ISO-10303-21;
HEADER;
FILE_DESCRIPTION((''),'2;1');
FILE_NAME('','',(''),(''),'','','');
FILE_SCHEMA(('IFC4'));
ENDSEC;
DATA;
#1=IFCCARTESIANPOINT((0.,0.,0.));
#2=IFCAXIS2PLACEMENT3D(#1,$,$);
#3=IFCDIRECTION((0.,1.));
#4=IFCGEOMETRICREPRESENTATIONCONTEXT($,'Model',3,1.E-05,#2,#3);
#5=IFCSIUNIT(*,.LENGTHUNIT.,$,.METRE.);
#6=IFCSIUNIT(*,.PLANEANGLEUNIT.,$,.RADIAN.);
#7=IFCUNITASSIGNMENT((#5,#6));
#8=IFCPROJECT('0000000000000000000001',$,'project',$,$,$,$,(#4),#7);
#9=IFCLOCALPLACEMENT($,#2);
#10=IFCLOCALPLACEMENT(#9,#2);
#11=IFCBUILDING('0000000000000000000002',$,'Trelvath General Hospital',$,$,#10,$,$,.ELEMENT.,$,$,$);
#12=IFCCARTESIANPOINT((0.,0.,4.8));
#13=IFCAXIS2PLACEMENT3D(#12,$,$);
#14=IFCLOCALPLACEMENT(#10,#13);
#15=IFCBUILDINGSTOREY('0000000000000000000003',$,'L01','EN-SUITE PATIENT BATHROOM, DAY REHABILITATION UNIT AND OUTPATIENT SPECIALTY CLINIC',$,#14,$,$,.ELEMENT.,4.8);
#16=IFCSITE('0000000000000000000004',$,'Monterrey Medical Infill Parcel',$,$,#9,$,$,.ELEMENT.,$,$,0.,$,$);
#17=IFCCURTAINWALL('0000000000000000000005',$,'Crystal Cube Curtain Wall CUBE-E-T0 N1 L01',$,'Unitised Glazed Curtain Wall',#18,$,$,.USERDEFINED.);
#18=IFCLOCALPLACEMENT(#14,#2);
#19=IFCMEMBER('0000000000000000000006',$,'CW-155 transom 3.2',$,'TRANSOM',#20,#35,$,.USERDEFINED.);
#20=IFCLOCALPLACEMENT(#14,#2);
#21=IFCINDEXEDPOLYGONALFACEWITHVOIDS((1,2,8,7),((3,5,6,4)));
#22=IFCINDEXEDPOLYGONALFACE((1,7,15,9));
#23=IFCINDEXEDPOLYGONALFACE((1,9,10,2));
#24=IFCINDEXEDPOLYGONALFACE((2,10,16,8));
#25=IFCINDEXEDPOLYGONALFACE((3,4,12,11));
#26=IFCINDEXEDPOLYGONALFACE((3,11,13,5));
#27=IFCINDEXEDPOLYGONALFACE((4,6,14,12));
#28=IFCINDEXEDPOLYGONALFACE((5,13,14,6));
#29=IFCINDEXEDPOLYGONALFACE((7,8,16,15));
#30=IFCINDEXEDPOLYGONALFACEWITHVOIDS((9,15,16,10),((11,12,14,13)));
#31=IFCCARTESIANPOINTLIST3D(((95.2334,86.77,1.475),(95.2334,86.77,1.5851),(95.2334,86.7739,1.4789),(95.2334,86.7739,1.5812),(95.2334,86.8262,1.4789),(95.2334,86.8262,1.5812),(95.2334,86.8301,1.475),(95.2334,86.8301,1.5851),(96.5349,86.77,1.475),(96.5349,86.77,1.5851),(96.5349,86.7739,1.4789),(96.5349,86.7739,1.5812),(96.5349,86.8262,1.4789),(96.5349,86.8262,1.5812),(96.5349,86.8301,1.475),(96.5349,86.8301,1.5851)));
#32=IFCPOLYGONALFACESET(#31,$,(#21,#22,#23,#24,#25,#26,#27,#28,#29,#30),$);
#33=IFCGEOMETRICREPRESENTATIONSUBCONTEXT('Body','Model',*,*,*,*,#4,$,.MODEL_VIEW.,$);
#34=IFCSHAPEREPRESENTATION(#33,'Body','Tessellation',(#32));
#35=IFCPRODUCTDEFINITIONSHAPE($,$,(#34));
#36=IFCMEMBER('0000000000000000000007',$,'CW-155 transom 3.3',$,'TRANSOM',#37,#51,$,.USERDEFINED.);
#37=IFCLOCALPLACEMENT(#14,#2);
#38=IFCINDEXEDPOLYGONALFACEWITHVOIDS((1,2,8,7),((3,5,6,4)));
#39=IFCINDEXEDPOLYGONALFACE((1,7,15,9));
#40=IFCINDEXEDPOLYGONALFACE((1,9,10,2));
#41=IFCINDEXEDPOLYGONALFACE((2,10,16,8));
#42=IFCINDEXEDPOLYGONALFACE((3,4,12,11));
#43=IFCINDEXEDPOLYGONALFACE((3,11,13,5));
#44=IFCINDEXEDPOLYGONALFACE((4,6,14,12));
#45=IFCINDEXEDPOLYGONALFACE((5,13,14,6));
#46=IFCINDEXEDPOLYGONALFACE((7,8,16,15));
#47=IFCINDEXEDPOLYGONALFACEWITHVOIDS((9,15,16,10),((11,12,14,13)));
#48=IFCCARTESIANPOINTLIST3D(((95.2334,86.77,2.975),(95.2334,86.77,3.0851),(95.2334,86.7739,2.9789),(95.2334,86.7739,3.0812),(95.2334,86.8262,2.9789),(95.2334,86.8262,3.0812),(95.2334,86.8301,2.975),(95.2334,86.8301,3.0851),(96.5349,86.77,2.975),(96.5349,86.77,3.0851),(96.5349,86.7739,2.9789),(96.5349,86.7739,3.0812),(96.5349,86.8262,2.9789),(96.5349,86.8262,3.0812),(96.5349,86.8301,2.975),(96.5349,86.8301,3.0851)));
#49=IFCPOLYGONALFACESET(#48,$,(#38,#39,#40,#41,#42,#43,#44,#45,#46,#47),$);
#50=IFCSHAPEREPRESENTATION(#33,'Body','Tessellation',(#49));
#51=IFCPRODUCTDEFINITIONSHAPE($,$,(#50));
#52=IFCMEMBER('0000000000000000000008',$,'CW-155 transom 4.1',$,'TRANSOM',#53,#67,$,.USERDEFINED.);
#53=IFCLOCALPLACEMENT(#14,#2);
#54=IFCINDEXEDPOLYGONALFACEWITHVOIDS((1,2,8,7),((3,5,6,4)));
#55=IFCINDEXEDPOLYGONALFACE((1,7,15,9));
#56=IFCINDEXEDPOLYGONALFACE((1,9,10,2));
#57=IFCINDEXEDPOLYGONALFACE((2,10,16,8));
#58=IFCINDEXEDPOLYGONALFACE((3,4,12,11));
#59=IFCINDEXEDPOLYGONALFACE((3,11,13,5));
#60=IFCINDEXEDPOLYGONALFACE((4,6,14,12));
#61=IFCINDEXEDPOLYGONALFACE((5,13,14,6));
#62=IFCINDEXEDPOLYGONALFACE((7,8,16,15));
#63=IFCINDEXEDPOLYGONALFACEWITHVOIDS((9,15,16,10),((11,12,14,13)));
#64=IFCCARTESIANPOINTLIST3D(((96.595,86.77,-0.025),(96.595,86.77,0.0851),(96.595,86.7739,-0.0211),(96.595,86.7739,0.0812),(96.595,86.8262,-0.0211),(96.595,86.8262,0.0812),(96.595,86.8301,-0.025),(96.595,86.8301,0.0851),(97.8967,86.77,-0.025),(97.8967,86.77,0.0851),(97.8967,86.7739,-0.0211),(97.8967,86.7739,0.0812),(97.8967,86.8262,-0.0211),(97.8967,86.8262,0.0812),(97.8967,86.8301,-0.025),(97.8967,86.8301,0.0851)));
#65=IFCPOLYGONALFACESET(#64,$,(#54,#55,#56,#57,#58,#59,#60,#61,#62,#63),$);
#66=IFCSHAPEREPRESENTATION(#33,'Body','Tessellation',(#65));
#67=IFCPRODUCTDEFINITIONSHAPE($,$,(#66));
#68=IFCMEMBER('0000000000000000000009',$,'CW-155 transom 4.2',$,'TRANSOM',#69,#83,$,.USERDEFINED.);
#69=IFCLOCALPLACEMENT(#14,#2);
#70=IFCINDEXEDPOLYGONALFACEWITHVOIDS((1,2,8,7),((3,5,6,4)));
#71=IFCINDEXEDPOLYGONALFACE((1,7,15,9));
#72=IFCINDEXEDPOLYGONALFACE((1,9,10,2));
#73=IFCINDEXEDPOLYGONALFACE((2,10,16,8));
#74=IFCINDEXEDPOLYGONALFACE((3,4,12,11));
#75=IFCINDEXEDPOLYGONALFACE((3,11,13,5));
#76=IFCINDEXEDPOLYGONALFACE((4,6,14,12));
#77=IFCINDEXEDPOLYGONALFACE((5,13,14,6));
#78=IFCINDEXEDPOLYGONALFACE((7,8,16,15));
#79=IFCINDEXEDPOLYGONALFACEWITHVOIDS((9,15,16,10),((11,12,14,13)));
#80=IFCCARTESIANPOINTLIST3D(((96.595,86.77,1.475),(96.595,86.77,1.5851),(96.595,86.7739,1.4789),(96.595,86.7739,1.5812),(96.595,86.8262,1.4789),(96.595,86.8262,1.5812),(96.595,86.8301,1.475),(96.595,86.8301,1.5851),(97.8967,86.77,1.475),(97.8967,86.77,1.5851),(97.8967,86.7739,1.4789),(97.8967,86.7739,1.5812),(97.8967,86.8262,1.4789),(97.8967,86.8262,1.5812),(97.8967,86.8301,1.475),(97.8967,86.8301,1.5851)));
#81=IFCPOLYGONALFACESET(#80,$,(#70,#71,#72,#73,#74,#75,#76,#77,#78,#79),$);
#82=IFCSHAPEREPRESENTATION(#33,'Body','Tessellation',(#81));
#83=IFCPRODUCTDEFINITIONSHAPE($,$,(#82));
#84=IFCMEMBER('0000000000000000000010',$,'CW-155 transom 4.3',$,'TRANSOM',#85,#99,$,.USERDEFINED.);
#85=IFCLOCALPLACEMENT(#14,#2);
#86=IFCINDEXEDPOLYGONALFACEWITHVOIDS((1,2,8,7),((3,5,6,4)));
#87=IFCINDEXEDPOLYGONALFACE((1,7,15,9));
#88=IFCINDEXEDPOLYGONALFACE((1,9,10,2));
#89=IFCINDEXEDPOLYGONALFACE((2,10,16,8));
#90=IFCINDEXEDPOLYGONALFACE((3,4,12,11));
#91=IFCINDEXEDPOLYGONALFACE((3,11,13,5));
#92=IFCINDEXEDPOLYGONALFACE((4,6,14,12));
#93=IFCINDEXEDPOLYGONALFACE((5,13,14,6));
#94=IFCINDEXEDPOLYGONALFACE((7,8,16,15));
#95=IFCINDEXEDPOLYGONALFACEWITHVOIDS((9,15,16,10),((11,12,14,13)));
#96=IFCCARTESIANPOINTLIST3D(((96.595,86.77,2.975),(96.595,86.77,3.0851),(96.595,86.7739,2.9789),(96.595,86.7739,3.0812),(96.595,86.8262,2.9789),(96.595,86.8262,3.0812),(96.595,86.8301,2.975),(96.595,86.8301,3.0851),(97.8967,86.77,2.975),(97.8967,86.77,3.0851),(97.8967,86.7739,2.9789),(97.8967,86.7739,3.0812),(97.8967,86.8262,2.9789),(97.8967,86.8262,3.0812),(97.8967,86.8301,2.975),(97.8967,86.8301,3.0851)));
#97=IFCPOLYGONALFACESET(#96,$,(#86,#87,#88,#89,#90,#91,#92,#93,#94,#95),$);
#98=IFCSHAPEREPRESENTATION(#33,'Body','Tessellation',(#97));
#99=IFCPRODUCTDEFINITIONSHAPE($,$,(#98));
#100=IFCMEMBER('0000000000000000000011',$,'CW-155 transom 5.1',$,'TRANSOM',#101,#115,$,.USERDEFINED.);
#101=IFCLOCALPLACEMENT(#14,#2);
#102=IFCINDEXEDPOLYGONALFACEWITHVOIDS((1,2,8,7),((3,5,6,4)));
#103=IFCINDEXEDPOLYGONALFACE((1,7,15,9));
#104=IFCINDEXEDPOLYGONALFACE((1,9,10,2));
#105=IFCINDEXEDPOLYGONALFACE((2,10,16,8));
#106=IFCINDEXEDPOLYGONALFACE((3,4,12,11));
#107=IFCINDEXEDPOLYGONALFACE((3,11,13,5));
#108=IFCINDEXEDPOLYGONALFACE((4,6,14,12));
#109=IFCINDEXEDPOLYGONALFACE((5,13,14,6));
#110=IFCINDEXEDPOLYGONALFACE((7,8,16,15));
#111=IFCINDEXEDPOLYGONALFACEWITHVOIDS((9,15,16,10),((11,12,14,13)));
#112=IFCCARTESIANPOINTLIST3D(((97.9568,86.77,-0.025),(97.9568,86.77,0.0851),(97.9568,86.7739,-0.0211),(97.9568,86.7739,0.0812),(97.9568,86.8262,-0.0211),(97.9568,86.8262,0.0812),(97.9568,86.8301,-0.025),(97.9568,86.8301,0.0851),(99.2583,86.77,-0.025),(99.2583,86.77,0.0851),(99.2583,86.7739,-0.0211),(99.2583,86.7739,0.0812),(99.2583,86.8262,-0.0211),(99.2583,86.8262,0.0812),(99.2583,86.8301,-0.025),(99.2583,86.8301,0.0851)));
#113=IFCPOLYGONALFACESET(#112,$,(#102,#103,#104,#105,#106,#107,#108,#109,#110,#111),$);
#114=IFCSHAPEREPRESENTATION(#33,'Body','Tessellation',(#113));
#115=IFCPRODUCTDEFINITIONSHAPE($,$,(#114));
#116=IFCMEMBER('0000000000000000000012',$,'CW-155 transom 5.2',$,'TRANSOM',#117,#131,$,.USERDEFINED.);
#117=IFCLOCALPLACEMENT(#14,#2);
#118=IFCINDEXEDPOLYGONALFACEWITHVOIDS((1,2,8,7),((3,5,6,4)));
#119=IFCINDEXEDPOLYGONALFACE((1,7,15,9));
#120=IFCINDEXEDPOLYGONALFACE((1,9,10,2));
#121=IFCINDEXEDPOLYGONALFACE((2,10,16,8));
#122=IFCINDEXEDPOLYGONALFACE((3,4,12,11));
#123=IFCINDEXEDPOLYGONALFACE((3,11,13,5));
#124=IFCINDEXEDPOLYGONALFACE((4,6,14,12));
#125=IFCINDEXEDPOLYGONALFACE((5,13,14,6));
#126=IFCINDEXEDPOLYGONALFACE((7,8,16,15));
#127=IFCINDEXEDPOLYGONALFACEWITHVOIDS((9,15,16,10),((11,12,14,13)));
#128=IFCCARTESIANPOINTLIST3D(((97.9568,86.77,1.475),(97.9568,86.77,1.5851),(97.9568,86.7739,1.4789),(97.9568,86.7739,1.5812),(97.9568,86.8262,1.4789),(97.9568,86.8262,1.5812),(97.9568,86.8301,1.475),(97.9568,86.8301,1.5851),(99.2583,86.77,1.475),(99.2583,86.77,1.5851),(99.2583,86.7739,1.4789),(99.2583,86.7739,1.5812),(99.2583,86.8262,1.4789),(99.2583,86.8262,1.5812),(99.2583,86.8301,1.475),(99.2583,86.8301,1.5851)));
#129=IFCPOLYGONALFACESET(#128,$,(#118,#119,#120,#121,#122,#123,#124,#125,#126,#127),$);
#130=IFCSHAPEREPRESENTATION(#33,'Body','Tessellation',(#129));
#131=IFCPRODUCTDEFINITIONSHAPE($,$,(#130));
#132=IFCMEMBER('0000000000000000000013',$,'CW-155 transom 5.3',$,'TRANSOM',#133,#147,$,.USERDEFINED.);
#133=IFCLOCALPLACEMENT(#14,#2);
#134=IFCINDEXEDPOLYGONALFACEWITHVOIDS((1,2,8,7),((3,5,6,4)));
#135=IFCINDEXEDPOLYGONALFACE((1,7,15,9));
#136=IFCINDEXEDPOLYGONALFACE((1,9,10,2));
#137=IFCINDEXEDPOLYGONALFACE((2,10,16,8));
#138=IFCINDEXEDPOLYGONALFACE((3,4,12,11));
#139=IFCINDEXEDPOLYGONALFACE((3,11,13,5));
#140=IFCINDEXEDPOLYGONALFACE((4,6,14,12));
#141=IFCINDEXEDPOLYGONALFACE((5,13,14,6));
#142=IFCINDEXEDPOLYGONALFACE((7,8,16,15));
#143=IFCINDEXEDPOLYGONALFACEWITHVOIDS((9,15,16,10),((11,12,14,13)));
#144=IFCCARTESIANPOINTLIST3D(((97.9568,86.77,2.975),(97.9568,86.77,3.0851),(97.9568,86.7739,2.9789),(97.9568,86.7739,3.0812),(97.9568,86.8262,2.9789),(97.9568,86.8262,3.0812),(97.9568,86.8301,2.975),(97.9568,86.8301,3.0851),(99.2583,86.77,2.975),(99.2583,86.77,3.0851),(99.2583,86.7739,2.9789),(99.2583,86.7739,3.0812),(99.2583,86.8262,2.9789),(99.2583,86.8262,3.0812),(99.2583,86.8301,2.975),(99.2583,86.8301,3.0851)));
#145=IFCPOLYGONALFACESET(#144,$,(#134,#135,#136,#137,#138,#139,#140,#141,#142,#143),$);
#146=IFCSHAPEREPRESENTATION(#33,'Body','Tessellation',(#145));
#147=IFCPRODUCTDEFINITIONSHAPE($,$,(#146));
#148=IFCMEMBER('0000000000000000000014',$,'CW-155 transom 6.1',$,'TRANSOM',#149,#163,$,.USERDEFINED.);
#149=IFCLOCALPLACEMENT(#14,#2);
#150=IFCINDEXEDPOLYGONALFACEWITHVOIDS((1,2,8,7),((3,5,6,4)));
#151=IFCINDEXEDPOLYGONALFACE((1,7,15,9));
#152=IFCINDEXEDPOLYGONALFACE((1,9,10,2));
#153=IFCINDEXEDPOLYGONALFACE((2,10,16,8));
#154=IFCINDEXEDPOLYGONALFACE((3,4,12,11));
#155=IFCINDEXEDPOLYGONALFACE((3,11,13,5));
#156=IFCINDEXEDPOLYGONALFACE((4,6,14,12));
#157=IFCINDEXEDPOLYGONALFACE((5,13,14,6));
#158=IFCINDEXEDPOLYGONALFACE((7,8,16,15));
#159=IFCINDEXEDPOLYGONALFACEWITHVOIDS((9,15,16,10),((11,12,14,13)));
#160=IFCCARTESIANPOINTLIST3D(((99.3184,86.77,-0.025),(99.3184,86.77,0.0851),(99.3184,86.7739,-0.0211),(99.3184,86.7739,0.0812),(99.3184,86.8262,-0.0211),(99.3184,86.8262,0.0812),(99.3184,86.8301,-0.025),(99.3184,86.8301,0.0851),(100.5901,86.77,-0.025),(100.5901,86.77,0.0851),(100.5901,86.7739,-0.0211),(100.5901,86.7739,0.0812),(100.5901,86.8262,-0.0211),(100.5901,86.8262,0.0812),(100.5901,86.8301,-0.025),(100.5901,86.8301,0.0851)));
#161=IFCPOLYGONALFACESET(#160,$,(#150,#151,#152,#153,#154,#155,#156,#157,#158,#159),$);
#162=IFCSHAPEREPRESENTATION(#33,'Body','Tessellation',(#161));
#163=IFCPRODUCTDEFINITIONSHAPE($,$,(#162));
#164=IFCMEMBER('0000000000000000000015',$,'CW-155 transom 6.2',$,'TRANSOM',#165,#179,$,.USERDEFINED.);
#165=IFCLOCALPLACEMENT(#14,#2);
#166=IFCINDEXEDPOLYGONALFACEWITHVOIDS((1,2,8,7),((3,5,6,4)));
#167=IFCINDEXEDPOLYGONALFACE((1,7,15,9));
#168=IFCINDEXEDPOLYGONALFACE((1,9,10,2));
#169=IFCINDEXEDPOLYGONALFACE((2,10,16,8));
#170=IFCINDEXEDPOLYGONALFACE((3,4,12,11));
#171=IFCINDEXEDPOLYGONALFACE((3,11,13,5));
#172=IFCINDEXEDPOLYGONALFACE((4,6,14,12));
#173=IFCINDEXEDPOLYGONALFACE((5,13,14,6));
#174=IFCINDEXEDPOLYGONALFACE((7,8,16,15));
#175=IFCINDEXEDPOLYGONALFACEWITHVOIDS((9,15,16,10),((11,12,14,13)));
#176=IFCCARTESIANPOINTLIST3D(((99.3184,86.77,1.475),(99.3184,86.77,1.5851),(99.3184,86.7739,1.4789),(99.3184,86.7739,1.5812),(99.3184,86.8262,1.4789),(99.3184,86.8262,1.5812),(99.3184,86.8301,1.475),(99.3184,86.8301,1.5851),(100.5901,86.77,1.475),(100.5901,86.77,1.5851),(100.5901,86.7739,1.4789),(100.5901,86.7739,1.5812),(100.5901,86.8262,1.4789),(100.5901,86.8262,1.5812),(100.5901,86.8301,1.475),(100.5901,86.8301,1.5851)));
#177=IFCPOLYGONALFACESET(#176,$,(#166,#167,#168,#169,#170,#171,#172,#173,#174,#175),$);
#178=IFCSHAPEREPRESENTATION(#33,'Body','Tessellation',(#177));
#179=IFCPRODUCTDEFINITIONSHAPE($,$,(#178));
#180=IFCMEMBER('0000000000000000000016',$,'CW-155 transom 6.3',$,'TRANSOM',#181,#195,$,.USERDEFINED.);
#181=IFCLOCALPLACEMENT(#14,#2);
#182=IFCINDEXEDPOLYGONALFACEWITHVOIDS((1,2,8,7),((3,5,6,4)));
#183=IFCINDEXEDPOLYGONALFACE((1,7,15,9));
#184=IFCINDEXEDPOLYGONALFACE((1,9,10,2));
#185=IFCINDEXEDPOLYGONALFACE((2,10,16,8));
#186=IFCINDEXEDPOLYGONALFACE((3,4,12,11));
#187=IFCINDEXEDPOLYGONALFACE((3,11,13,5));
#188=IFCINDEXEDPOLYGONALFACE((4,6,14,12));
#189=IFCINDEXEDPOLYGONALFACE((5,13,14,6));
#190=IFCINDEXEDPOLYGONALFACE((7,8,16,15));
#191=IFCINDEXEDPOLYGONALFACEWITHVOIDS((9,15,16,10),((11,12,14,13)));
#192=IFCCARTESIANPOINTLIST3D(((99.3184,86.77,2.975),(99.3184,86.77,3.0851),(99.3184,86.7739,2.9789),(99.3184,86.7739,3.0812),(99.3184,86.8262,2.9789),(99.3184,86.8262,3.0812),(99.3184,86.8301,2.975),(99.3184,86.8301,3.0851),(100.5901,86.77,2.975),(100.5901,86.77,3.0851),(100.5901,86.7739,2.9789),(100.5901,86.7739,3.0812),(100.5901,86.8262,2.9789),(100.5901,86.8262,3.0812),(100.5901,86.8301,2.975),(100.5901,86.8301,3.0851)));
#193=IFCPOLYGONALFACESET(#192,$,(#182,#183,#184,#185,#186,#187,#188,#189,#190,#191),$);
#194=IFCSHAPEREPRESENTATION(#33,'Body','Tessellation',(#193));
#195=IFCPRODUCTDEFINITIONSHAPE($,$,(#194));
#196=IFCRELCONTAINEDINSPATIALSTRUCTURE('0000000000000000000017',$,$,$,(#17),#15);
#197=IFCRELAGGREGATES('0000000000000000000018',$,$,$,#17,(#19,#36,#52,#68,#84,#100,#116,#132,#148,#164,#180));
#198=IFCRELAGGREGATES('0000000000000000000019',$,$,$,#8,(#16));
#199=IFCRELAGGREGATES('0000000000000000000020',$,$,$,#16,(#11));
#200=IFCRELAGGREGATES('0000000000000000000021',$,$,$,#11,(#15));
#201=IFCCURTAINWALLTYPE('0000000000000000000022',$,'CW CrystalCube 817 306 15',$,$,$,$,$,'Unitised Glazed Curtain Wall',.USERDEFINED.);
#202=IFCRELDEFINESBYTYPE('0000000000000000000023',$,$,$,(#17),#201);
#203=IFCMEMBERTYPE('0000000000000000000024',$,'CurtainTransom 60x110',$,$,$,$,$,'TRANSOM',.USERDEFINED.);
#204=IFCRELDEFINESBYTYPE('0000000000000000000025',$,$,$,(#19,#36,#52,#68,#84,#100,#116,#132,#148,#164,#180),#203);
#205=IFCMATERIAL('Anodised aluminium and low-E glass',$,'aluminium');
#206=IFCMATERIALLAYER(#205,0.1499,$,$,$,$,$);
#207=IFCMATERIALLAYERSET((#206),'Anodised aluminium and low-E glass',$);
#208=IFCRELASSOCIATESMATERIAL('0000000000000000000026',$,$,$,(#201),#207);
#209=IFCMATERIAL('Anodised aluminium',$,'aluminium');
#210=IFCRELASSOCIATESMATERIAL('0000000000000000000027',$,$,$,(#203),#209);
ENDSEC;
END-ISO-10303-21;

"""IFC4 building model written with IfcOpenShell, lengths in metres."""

from ifc_helpers import new_model, si_unit, direction, frame, origin, origin_2d, place, context, subcontext, project, spatial, hollow_rectangle, extrude, material, layer, layer_set, material_profile, profile_set, type_object, element, aggregate, save


model = new_model("IFC4")

# Units and contexts
model_context = context("Model", 3, precision=1e-05, world=origin(), true_north=direction((0.0, 1.0)))
body_context = subcontext(model_context, "Body", "Model", "MODEL_VIEW")
ifc_project = project(units=[si_unit("LENGTHUNIT", "METRE"), si_unit("PLANEANGLEUNIT", "RADIAN")], contexts=[model_context])

# Site, building, storey
site_placement = place(None, origin())
site = spatial("IfcSite", under=ifc_project, at=site_placement, Name="Monterrey Medical Infill Parcel", CompositionType="ELEMENT", RefElevation=0.0)
building_placement = place(site_placement, origin())
building = spatial("IfcBuilding", under=site, at=building_placement, Name="Trelvath General Hospital", CompositionType="ELEMENT")
storey_placement = place(building_placement, frame((0.0, 0.0, 4.8)))
storey = spatial("IfcBuildingStorey", under=building, at=storey_placement, Name="L01", Description="EN-SUITE PATIENT BATHROOM, DAY REHABILITATION UNIT AND OUTPATIENT SPECIALTY CLINIC", CompositionType="ELEMENT", Elevation=4.8)

# Curtain wall
ifc_material_1 = material(Name="Anodised aluminium and low-E glass", Category="aluminium")
ifc_layer_1 = layer(ifc_material_1, 0.1499)
ifc_layer_set_1 = layer_set([ifc_layer_1], Name="Anodised aluminium and low-E glass")
curtain_wall_type_1 = type_object("IfcCurtainWallType", Name="CW CrystalCube 817 306 15", ElementType="Unitised Glazed Curtain Wall", PredefinedType="USERDEFINED", material=ifc_layer_set_1)
curtain_wall_1_placement = place(storey_placement, origin())
curtain_wall_1 = element("IfcCurtainWall", 1, at=curtain_wall_1_placement, inside=storey, type_object=curtain_wall_type_1, Name="Crystal Cube Curtain Wall CUBE-E-T0 N1 L01", ObjectType="Unitised Glazed Curtain Wall", PredefinedType="USERDEFINED")

# Members
ifc_material_2 = material(Name="Anodised aluminium", Category="aluminium")
ifc_material_profile_1 = material_profile(ifc_material_2, hollow_rectangle(XDim=0.0601, YDim=0.1101, WallThickness=0.0039, at=origin_2d()), Name="RHS60x110x4")
ifc_profile_set_1 = profile_set([ifc_material_profile_1], Name="Anodised aluminium")
member_type_1 = type_object("IfcMemberType", Name="CurtainTransom 60x110", ElementType="TRANSOM", PredefinedType="USERDEFINED", material=ifc_profile_set_1)
member_1_placement = place(storey_placement, frame((95.2334, 86.8, 1.53), z_axis=(1.0, 0.0, 0.0), x_axis=(0.0, 1.0, 0.0)))
member_1 = element("IfcMember", 2, at=member_1_placement, type_object=member_type_1, Name="CW-155 transom 3.2", ObjectType="TRANSOM", PredefinedType="USERDEFINED", context=body_context, shape_type="SweptSolid", body=[
    extrude(hollow_rectangle(XDim=0.0601, YDim=0.1101, WallThickness=0.0039, at=origin_2d()), origin(), (0.0, 0.0, 1.0), 1.3015),
])
member_2_placement = place(storey_placement, frame((95.2334, 86.8, 3.03), z_axis=(1.0, 0.0, 0.0), x_axis=(0.0, 1.0, 0.0)))
member_2 = element("IfcMember", 3, at=member_2_placement, type_object=member_type_1, Name="CW-155 transom 3.3", ObjectType="TRANSOM", PredefinedType="USERDEFINED", context=body_context, shape_type="SweptSolid", body=[
    extrude(hollow_rectangle(XDim=0.0601, YDim=0.1101, WallThickness=0.0039, at=origin_2d()), origin(), (0.0, 0.0, 1.0), 1.3015),
])
member_3_placement = place(storey_placement, frame((96.595, 86.8, 0.03), z_axis=(1.0, 0.0, 0.0), x_axis=(0.0, 1.0, 0.0)))
member_3 = element("IfcMember", 4, at=member_3_placement, type_object=member_type_1, Name="CW-155 transom 4.1", ObjectType="TRANSOM", PredefinedType="USERDEFINED", context=body_context, shape_type="SweptSolid", body=[
    extrude(hollow_rectangle(XDim=0.0601, YDim=0.1101, WallThickness=0.0039, at=origin_2d()), origin(), (0.0, 0.0, 1.0), 1.3018),
])
member_4_placement = place(storey_placement, frame((96.595, 86.8, 1.53), z_axis=(1.0, 0.0, 0.0), x_axis=(0.0, 1.0, 0.0)))
member_4 = element("IfcMember", 5, at=member_4_placement, type_object=member_type_1, Name="CW-155 transom 4.2", ObjectType="TRANSOM", PredefinedType="USERDEFINED", context=body_context, shape_type="SweptSolid", body=[
    extrude(hollow_rectangle(XDim=0.0601, YDim=0.1101, WallThickness=0.0039, at=origin_2d()), origin(), (0.0, 0.0, 1.0), 1.3018),
])
member_5_placement = place(storey_placement, frame((96.595, 86.8, 3.03), z_axis=(1.0, 0.0, 0.0), x_axis=(0.0, 1.0, 0.0)))
member_5 = element("IfcMember", 6, at=member_5_placement, type_object=member_type_1, Name="CW-155 transom 4.3", ObjectType="TRANSOM", PredefinedType="USERDEFINED", context=body_context, shape_type="SweptSolid", body=[
    extrude(hollow_rectangle(XDim=0.0601, YDim=0.1101, WallThickness=0.0039, at=origin_2d()), origin(), (0.0, 0.0, 1.0), 1.3018),
])
member_6_placement = place(storey_placement, frame((97.9568, 86.8, 0.03), z_axis=(1.0, 0.0, 0.0), x_axis=(0.0, 1.0, 0.0)))
member_6 = element("IfcMember", 7, at=member_6_placement, type_object=member_type_1, Name="CW-155 transom 5.1", ObjectType="TRANSOM", PredefinedType="USERDEFINED", context=body_context, shape_type="SweptSolid", body=[
    extrude(hollow_rectangle(XDim=0.0601, YDim=0.1101, WallThickness=0.0039, at=origin_2d()), origin(), (0.0, 0.0, 1.0), 1.3015),
])
member_7_placement = place(storey_placement, frame((97.9568, 86.8, 1.53), z_axis=(1.0, 0.0, 0.0), x_axis=(0.0, 1.0, 0.0)))
member_7 = element("IfcMember", 8, at=member_7_placement, type_object=member_type_1, Name="CW-155 transom 5.2", ObjectType="TRANSOM", PredefinedType="USERDEFINED", context=body_context, shape_type="SweptSolid", body=[
    extrude(hollow_rectangle(XDim=0.0601, YDim=0.1101, WallThickness=0.0039, at=origin_2d()), origin(), (0.0, 0.0, 1.0), 1.3015),
])
member_8_placement = place(storey_placement, frame((97.9568, 86.8, 3.03), z_axis=(1.0, 0.0, 0.0), x_axis=(0.0, 1.0, 0.0)))
member_8 = element("IfcMember", 9, at=member_8_placement, type_object=member_type_1, Name="CW-155 transom 5.3", ObjectType="TRANSOM", PredefinedType="USERDEFINED", context=body_context, shape_type="SweptSolid", body=[
    extrude(hollow_rectangle(XDim=0.0601, YDim=0.1101, WallThickness=0.0039, at=origin_2d()), origin(), (0.0, 0.0, 1.0), 1.3015),
])
member_9_placement = place(storey_placement, frame((99.3184, 86.8, 0.03), z_axis=(1.0, 0.0, 0.0), x_axis=(0.0, 1.0, 0.0)))
member_9 = element("IfcMember", 10, at=member_9_placement, type_object=member_type_1, Name="CW-155 transom 6.1", ObjectType="TRANSOM", PredefinedType="USERDEFINED", context=body_context, shape_type="SweptSolid", body=[
    extrude(hollow_rectangle(XDim=0.0601, YDim=0.1101, WallThickness=0.0039, at=origin_2d()), origin(), (0.0, 0.0, 1.0), 1.2717),
])
member_10_placement = place(storey_placement, frame((99.3184, 86.8, 1.53), z_axis=(1.0, 0.0, 0.0), x_axis=(0.0, 1.0, 0.0)))
member_10 = element("IfcMember", 11, at=member_10_placement, type_object=member_type_1, Name="CW-155 transom 6.2", ObjectType="TRANSOM", PredefinedType="USERDEFINED", context=body_context, shape_type="SweptSolid", body=[
    extrude(hollow_rectangle(XDim=0.0601, YDim=0.1101, WallThickness=0.0039, at=origin_2d()), origin(), (0.0, 0.0, 1.0), 1.2717),
])
member_11_placement = place(storey_placement, frame((99.3184, 86.8, 3.03), z_axis=(1.0, 0.0, 0.0), x_axis=(0.0, 1.0, 0.0)))
member_11 = element("IfcMember", 12, at=member_11_placement, type_object=member_type_1, Name="CW-155 transom 6.3", ObjectType="TRANSOM", PredefinedType="USERDEFINED", context=body_context, shape_type="SweptSolid", body=[
    extrude(hollow_rectangle(XDim=0.0601, YDim=0.1101, WallThickness=0.0039, at=origin_2d()), origin(), (0.0, 0.0, 1.0), 1.2717),
])

aggregate(curtain_wall_1, [member_1, member_2, member_3, member_4, member_5, member_6, member_7, member_8, member_9, member_10, member_11])

save(model, "model.ifc")
